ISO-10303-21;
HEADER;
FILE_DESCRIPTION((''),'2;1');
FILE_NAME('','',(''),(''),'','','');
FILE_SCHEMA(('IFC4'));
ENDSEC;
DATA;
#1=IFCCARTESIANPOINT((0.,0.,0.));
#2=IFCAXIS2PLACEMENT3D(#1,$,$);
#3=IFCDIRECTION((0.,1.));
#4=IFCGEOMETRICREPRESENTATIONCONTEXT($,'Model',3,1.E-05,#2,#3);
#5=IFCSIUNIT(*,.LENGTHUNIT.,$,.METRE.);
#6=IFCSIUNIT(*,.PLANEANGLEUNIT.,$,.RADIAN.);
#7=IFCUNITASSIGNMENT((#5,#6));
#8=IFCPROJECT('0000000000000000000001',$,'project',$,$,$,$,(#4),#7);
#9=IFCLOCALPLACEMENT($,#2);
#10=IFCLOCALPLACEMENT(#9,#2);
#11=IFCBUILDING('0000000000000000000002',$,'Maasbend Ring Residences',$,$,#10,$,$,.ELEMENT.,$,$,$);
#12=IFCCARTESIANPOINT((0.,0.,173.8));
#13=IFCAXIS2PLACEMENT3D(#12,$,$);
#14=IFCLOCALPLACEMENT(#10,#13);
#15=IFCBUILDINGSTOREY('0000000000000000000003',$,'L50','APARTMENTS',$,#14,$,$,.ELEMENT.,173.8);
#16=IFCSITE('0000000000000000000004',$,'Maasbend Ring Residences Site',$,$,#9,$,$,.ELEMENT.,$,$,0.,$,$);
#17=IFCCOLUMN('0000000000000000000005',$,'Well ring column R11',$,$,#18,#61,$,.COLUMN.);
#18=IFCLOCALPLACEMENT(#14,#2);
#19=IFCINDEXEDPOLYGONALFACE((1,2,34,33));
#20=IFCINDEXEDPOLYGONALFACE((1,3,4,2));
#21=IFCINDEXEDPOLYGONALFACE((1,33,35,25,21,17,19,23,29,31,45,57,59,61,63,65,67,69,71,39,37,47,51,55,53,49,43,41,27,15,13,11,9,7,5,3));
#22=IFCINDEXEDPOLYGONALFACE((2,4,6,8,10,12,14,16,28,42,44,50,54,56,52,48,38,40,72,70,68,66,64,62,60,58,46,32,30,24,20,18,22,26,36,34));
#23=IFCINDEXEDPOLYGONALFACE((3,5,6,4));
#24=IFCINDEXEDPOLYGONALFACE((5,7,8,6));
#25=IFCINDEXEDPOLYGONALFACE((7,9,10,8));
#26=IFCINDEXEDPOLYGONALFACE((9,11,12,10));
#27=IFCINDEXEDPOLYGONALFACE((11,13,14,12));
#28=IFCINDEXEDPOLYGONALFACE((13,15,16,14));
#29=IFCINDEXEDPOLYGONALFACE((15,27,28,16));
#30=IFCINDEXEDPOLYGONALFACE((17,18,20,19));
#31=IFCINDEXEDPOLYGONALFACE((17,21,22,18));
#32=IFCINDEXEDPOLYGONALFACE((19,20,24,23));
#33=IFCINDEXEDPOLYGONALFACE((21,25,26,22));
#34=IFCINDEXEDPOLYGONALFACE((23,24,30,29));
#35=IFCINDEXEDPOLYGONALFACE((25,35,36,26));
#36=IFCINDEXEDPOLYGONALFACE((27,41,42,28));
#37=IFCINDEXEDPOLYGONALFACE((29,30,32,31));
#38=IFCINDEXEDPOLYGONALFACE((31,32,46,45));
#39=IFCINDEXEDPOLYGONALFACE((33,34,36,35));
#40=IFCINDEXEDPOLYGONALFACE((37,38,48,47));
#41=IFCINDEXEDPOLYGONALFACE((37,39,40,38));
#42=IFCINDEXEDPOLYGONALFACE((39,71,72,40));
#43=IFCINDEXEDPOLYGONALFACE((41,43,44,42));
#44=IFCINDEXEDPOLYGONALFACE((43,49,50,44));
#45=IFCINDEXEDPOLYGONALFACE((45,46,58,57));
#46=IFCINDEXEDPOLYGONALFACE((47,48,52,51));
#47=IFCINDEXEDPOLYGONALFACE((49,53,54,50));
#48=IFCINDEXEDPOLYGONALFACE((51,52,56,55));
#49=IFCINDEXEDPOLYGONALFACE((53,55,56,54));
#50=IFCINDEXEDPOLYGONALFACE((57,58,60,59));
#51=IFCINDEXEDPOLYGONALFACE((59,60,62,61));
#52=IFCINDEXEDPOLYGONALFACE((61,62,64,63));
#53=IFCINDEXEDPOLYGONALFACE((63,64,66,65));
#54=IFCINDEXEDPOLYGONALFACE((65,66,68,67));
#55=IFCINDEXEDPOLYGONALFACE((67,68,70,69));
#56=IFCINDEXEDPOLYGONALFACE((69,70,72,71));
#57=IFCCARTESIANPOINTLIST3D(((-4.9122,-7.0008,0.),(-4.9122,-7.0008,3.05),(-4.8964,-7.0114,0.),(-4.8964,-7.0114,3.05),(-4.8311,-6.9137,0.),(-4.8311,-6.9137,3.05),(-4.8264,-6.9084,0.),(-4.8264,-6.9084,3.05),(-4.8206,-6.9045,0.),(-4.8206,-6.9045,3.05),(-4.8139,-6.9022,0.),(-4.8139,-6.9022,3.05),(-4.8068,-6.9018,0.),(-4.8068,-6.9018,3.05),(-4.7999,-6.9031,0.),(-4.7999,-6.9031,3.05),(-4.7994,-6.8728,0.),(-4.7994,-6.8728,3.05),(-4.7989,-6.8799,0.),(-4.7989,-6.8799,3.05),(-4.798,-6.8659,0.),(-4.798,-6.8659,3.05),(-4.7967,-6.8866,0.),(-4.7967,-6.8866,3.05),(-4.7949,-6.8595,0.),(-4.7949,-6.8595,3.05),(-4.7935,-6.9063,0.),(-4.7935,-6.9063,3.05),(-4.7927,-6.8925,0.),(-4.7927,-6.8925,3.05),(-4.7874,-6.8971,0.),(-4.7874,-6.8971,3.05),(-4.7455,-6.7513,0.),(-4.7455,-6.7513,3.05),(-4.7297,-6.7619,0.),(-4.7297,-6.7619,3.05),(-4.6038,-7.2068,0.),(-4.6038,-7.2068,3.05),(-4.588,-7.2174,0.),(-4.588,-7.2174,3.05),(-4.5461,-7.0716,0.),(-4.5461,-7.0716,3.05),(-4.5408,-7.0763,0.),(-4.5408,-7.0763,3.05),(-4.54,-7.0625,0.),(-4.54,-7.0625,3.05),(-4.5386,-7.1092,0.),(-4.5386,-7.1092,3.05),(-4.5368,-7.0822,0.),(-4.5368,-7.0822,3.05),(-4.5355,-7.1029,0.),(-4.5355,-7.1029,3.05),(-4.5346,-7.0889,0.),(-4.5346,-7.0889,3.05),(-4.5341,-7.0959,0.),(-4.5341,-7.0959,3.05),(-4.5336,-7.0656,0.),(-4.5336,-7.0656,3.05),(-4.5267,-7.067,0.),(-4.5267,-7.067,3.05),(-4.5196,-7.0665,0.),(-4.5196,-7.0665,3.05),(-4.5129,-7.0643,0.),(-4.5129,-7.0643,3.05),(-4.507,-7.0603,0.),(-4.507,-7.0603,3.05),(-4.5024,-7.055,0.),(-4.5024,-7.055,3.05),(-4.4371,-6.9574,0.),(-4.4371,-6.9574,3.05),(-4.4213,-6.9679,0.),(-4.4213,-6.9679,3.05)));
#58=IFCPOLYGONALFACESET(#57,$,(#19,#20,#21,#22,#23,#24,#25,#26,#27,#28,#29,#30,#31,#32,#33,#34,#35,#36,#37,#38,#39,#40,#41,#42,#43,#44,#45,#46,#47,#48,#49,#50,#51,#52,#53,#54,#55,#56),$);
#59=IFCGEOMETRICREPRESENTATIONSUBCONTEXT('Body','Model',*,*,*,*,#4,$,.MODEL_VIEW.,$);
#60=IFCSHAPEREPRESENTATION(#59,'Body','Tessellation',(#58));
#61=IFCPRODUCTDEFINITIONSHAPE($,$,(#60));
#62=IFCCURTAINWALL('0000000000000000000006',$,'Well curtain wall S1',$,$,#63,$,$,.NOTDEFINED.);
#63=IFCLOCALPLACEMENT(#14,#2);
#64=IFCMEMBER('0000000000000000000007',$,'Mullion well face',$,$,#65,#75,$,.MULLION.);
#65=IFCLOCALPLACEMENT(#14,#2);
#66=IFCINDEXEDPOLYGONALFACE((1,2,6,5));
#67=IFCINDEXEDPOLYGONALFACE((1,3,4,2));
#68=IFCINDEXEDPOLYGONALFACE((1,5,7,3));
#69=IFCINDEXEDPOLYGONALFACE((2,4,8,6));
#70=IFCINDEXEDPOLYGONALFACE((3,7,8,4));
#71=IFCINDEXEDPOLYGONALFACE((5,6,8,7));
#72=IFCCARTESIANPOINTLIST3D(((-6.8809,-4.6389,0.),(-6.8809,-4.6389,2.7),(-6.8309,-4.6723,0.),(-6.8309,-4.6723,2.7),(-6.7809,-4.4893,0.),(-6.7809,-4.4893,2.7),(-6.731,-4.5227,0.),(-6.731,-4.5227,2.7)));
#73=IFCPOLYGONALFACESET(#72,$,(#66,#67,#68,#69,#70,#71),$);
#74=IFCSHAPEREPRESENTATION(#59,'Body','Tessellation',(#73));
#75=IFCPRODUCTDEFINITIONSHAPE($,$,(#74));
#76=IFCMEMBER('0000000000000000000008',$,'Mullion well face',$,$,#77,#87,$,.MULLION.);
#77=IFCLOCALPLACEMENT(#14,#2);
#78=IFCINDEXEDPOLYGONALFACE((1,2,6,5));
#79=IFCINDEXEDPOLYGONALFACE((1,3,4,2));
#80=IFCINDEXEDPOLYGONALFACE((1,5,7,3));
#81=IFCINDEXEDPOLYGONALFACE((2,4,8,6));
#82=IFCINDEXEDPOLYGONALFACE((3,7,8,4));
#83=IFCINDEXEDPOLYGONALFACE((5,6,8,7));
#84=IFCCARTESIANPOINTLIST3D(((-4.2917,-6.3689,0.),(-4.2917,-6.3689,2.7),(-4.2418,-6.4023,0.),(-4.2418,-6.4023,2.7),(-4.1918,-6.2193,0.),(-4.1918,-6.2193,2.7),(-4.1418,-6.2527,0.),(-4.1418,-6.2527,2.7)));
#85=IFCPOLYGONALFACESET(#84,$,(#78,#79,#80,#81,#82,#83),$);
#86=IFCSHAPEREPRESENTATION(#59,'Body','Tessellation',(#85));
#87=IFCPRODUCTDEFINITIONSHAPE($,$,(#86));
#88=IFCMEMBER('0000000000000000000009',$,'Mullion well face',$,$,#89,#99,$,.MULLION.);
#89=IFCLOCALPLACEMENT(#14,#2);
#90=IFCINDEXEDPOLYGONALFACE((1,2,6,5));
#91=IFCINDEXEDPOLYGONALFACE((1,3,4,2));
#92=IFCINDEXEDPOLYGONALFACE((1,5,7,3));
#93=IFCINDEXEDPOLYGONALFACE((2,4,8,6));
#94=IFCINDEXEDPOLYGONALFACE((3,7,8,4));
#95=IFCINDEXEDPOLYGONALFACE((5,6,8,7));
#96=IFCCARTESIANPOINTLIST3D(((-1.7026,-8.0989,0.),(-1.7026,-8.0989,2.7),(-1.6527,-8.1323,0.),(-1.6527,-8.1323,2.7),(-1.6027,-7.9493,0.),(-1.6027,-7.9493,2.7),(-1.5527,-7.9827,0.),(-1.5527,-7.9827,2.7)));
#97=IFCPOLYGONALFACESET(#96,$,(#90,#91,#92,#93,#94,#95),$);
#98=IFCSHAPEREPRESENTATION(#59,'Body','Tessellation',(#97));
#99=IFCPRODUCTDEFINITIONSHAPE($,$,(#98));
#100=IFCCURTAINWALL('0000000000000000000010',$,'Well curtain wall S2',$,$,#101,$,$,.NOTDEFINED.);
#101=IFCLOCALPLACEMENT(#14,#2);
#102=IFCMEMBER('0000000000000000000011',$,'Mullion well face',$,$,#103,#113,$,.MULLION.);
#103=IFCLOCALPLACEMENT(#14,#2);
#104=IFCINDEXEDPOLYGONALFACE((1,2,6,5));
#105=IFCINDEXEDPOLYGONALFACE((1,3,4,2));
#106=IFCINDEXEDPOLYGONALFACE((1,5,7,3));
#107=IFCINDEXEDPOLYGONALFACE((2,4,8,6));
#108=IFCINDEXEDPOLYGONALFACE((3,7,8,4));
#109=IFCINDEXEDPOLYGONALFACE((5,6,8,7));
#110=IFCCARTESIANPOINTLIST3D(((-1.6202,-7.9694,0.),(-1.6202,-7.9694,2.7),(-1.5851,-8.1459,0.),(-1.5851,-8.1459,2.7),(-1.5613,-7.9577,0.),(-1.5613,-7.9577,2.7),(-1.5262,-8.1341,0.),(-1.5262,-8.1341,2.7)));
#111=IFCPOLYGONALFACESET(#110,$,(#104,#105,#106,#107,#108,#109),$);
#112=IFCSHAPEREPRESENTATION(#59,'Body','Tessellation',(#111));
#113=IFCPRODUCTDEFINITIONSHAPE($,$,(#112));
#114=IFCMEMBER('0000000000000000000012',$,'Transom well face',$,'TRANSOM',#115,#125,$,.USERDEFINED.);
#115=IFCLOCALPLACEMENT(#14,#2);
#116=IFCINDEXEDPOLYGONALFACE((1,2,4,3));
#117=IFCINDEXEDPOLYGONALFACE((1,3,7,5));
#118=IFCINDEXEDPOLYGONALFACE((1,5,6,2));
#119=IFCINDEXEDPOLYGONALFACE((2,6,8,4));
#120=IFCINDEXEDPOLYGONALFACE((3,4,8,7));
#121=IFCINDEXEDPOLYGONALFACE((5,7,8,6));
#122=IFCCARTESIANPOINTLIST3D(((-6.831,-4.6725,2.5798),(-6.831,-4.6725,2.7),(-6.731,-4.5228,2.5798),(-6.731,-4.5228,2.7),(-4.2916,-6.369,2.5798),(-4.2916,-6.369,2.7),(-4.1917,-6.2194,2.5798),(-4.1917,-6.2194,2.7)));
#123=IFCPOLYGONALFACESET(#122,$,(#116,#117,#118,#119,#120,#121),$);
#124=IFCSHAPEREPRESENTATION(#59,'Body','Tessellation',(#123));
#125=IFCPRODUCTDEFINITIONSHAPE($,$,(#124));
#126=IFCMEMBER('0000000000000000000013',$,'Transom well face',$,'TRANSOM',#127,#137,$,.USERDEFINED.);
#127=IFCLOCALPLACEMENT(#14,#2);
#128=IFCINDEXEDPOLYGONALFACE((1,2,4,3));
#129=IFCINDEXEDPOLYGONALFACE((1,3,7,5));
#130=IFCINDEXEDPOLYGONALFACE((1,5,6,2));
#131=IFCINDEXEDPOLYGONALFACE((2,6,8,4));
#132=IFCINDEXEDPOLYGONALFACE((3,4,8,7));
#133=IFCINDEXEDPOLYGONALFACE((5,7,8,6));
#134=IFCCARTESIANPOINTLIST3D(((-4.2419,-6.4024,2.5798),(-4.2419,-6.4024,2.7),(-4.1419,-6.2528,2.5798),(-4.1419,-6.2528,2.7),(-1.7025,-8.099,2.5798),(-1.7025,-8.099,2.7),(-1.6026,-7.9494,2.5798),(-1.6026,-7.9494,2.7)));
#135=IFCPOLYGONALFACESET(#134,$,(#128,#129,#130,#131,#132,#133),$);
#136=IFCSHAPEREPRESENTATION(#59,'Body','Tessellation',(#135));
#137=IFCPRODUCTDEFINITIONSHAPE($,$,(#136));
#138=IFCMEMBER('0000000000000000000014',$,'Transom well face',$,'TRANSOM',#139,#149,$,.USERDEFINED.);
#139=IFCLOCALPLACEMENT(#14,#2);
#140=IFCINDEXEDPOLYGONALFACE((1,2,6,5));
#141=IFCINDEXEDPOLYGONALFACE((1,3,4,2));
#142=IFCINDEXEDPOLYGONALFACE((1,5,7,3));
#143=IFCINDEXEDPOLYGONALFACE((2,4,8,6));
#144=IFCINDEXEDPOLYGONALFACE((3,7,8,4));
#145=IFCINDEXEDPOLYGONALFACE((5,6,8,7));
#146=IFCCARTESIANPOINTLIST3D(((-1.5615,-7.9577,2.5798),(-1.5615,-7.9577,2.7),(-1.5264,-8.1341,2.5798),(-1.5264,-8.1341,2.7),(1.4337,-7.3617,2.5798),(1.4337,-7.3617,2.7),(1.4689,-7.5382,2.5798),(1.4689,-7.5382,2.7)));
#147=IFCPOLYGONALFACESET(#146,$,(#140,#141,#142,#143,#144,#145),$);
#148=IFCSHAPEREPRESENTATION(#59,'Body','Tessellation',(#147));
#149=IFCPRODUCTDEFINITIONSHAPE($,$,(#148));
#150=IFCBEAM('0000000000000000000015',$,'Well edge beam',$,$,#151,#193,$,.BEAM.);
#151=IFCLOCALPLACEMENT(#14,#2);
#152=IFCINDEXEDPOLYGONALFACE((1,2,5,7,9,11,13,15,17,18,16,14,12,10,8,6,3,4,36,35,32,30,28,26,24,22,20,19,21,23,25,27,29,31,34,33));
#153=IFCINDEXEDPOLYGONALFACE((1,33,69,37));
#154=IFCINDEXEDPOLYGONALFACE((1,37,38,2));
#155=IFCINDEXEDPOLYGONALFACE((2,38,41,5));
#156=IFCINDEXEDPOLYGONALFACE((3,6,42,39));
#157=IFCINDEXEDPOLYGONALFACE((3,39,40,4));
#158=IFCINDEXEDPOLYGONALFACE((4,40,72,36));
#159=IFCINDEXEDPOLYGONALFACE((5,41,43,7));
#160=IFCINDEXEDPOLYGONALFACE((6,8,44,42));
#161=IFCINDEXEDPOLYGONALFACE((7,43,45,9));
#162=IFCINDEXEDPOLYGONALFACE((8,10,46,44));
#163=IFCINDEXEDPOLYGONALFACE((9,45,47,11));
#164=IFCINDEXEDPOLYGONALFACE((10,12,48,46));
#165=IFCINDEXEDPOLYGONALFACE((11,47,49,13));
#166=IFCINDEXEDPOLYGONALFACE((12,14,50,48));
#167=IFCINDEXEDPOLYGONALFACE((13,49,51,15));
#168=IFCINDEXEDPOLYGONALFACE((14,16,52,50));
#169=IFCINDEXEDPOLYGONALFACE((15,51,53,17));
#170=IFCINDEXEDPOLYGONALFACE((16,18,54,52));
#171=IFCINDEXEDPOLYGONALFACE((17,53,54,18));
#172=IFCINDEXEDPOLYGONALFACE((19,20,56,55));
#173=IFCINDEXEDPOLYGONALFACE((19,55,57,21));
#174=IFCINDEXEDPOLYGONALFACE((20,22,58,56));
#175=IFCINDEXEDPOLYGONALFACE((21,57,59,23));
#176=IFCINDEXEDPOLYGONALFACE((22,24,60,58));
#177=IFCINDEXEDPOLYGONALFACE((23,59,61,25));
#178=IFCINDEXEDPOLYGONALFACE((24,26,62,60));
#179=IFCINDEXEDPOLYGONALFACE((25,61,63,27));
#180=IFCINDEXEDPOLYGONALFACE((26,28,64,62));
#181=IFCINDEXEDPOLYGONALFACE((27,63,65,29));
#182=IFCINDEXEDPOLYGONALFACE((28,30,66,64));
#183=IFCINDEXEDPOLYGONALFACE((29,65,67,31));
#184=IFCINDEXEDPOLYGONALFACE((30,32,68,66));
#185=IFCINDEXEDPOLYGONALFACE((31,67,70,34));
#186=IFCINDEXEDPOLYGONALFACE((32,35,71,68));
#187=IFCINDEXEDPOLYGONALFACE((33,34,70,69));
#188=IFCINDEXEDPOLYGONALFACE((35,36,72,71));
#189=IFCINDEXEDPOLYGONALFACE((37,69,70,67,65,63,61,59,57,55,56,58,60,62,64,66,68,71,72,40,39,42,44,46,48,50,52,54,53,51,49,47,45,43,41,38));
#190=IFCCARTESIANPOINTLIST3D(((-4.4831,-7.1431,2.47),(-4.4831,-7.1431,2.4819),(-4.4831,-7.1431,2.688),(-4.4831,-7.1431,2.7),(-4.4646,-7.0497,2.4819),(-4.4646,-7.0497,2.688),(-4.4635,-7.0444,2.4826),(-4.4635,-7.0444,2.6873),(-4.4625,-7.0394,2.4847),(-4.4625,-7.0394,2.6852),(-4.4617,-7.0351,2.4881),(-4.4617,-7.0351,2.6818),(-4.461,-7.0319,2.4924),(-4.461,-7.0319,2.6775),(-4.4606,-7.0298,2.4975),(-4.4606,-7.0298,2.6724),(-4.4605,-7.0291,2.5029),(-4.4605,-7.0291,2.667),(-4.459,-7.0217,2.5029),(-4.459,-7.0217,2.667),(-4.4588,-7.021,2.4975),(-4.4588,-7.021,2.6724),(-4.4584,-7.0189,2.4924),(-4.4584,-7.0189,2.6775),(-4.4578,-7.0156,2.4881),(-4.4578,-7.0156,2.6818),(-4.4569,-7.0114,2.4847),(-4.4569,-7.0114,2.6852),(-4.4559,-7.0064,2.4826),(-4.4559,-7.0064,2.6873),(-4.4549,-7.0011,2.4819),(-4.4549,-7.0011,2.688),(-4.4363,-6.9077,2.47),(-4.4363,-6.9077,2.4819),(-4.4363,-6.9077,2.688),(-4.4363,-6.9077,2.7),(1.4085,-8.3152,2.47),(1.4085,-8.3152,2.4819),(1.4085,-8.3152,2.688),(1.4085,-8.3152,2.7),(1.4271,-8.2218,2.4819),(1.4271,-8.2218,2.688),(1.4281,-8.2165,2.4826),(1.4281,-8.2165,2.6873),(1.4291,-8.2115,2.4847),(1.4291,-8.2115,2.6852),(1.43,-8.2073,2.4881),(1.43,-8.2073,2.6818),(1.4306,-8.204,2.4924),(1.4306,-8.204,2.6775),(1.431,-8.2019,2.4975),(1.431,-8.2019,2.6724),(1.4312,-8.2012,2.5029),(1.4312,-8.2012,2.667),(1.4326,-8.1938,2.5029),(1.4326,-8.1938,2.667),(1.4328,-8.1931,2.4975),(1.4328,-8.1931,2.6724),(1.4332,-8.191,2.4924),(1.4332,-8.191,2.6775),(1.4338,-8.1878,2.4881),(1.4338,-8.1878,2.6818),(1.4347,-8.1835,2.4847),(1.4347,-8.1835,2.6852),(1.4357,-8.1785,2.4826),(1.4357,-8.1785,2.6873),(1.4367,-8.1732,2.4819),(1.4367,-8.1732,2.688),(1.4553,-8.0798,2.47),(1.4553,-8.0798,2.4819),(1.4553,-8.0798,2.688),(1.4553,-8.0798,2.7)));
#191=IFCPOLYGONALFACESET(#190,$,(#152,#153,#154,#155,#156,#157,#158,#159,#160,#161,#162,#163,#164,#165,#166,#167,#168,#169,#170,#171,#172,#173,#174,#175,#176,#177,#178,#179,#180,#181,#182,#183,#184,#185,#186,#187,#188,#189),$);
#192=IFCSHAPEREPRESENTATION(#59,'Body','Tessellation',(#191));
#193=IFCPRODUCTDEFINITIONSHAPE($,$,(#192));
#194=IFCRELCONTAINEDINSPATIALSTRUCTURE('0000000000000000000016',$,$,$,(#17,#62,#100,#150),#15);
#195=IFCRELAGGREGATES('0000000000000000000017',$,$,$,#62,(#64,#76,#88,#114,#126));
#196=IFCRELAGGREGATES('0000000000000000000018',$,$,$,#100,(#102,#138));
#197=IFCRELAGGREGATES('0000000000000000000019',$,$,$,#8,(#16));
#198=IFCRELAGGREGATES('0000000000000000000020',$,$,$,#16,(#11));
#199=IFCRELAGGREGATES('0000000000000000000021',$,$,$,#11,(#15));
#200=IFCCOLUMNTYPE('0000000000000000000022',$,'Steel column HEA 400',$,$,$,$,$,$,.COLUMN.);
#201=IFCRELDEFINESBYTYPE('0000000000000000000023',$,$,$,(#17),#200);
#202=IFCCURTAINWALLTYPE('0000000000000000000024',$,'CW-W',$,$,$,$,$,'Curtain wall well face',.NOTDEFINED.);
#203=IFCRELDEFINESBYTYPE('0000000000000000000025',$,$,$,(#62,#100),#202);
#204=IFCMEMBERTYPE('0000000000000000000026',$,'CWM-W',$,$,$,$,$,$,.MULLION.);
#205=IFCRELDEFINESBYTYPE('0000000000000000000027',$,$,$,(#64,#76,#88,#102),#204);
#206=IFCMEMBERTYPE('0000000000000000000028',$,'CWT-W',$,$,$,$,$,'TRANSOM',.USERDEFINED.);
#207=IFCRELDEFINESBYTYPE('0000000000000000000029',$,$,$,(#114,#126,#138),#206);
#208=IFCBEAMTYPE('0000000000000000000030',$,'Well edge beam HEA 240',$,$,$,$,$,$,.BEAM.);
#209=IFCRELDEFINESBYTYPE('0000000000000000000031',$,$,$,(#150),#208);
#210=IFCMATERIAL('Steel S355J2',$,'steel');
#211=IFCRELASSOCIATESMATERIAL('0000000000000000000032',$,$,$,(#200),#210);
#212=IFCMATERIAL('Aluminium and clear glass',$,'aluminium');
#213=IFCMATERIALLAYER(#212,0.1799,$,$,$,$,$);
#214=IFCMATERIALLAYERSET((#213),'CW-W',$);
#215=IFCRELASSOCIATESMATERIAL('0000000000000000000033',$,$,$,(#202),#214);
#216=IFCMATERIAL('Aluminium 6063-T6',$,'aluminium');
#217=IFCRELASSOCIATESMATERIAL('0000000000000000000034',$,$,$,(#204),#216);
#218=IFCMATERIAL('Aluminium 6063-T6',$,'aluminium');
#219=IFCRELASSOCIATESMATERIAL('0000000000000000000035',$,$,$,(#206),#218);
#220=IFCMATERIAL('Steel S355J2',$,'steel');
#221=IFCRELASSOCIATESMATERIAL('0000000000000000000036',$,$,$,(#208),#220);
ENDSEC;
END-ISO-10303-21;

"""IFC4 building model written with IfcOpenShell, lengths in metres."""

from ifc_helpers import new_model, si_unit, direction, frame, origin, origin_2d, place, context, subcontext, project, spatial, rectangle, i_section, extrude, material, layer, layer_set, material_profile, profile_set, type_object, element, aggregate, save


model = new_model("IFC4")

# Units and contexts
model_context = context("Model", 3, precision=1e-05, world=origin(), true_north=direction((0.0, 1.0)))
body_context = subcontext(model_context, "Body", "Model", "MODEL_VIEW")
ifc_project = project(units=[si_unit("LENGTHUNIT", "METRE"), si_unit("PLANEANGLEUNIT", "RADIAN")], contexts=[model_context])

# Site, building, storey
site_placement = place(None, origin())
site = spatial("IfcSite", under=ifc_project, at=site_placement, Name="Maasbend Ring Residences Site", CompositionType="ELEMENT", RefElevation=0.0)
building_placement = place(site_placement, origin())
building = spatial("IfcBuilding", under=site, at=building_placement, Name="Maasbend Ring Residences", CompositionType="ELEMENT")
storey_placement = place(building_placement, frame((0.0, 0.0, 173.8)))
storey = spatial("IfcBuildingStorey", under=building, at=storey_placement, Name="L50", Description="APARTMENTS", CompositionType="ELEMENT", Elevation=173.8)

# Column
ifc_material_1 = material(Name="Steel S355J2", Category="steel")
ifc_material_profile_1 = material_profile(ifc_material_1, i_section(OverallWidth=0.3, OverallDepth=0.3899, WebThickness=0.011, FlangeThickness=0.019, FilletRadius=0.0271, at=origin_2d()), Name="HEA 400")
ifc_profile_set_1 = profile_set([ifc_material_profile_1], Name="Steel S355J2")
column_type = type_object("IfcColumnType", Name="Steel column HEA 400", PredefinedType="COLUMN", material=ifc_profile_set_1)
column_placement = place(storey_placement, frame((-4.6667, -6.9844, 0.0), z_axis=(0.0, 0.0, 1.0), x_axis=(-0.55557, -0.83147, 0.0)))
element("IfcColumn", 1, at=column_placement, inside=storey, type_object=column_type, Name="Well ring column R11", PredefinedType="COLUMN", context=body_context, shape_type="SweptSolid", body=[
    extrude(i_section(OverallWidth=0.3, OverallDepth=0.3899, WebThickness=0.011, FlangeThickness=0.019, FilletRadius=0.0271, at=origin_2d()), origin(), (0.0, 0.0, 1.0), 3.05),
])

# Curtain wall, members
ifc_material_2 = material(Name="Aluminium and clear glass", Category="aluminium")
ifc_layer_1 = layer(ifc_material_2, 0.1799)
ifc_layer_set_1 = layer_set([ifc_layer_1], Name="CW-W")
curtain_wall_type = type_object("IfcCurtainWallType", Name="CW-W", ElementType="Curtain wall well face", PredefinedType="NOTDEFINED", material=ifc_layer_set_1)
curtain_wall_1_placement = place(storey_placement, origin())
curtain_wall_1 = element("IfcCurtainWall", 2, at=curtain_wall_1_placement, inside=storey, type_object=curtain_wall_type, Name="Well curtain wall S1", PredefinedType="NOTDEFINED")
ifc_material_3 = material(Name="Aluminium 6063-T6", Category="aluminium")
ifc_material_profile_2 = material_profile(ifc_material_3, rectangle(XDim=0.1799, YDim=0.0601, at=origin_2d()), Name="AL 180x60")
ifc_profile_set_2 = profile_set([ifc_material_profile_2], Name="Aluminium 6063-T6")
member_type_1 = type_object("IfcMemberType", Name="CWM-W", PredefinedType="MULLION", material=ifc_profile_set_2)
member_1_placement = place(storey_placement, frame((-6.8059, -4.5808, 0.0), z_axis=(0.0, 0.0, 1.0), x_axis=(0.55557, 0.83147, 0.0)))
member_1 = element("IfcMember", 3, at=member_1_placement, type_object=member_type_1, Name="Mullion well face", PredefinedType="MULLION", context=body_context, shape_type="SweptSolid", body=[
    extrude(rectangle(XDim=0.1799, YDim=0.0601, at=origin_2d()), origin(), (0.0, 0.0, 1.0), 2.7),
])
member_2_placement = place(storey_placement, frame((-4.2168, -6.3108, 0.0), z_axis=(0.0, 0.0, 1.0), x_axis=(0.55557, 0.83147, 0.0)))
member_2 = element("IfcMember", 4, at=member_2_placement, type_object=member_type_1, Name="Mullion well face", PredefinedType="MULLION", context=body_context, shape_type="SweptSolid", body=[
    extrude(rectangle(XDim=0.1799, YDim=0.0601, at=origin_2d()), origin(), (0.0, 0.0, 1.0), 2.7),
])
member_3_placement = place(storey_placement, frame((-1.6277, -8.0408, 0.0), z_axis=(0.0, 0.0, 1.0), x_axis=(0.55557, 0.83147, 0.0)))
member_3 = element("IfcMember", 5, at=member_3_placement, type_object=member_type_1, Name="Mullion well face", PredefinedType="MULLION", context=body_context, shape_type="SweptSolid", body=[
    extrude(rectangle(XDim=0.1799, YDim=0.0601, at=origin_2d()), origin(), (0.0, 0.0, 1.0), 2.7),
])

# Curtain wall, member
curtain_wall_2_placement = place(storey_placement, origin())
curtain_wall_2 = element("IfcCurtainWall", 6, at=curtain_wall_2_placement, inside=storey, type_object=curtain_wall_type, Name="Well curtain wall S2", PredefinedType="NOTDEFINED")
member_4_placement = place(storey_placement, frame((-1.5732, -8.0518, 0.0), z_axis=(0.0, 0.0, 1.0), x_axis=(-0.19509, 0.980785, 0.0)))
member_4 = element("IfcMember", 7, at=member_4_placement, type_object=member_type_1, Name="Mullion well face", PredefinedType="MULLION", context=body_context, shape_type="SweptSolid", body=[
    extrude(rectangle(XDim=0.1799, YDim=0.0601, at=origin_2d()), origin(), (0.0, 0.0, 1.0), 2.7),
])

# Members
ifc_material_4 = material(Name="Aluminium 6063-T6", Category="aluminium")
ifc_material_profile_3 = material_profile(ifc_material_4, rectangle(XDim=0.1799, YDim=0.1201, at=origin_2d()), Name="AL 180x120")
ifc_profile_set_3 = profile_set([ifc_material_profile_3], Name="Aluminium 6063-T6")
member_type_2 = type_object("IfcMemberType", Name="CWT-W", ElementType="TRANSOM", PredefinedType="USERDEFINED", material=ifc_profile_set_3)
member_5_placement = place(storey_placement, frame((-6.781, -4.5977, 2.6399), z_axis=(0.831496, -0.55553, 0.0), x_axis=(0.55553, 0.831496, 0.0)))
member_5 = element("IfcMember", 8, at=member_5_placement, type_object=member_type_2, Name="Transom well face", ObjectType="TRANSOM", PredefinedType="USERDEFINED", context=body_context, shape_type="SweptSolid", body=[
    extrude(rectangle(XDim=0.1799, YDim=0.1201, at=origin_2d()), origin(), (0.0, 0.0, 1.0), 3.054),
])
member_6_placement = place(storey_placement, frame((-4.1919, -6.3276, 2.6399), z_axis=(0.831496, -0.55553, 0.0), x_axis=(0.55553, 0.831496, 0.0)))
member_6 = element("IfcMember", 9, at=member_6_placement, type_object=member_type_2, Name="Transom well face", ObjectType="TRANSOM", PredefinedType="USERDEFINED", context=body_context, shape_type="SweptSolid", body=[
    extrude(rectangle(XDim=0.1799, YDim=0.1201, at=origin_2d()), origin(), (0.0, 0.0, 1.0), 3.054),
])
member_7_placement = place(storey_placement, frame((-1.5439, -8.0459, 2.6399), z_axis=(0.980777, 0.195132, 0.0), x_axis=(-0.195132, 0.980777, 0.0)))
member_7 = element("IfcMember", 10, at=member_7_placement, type_object=member_type_2, Name="Transom well face", ObjectType="TRANSOM", PredefinedType="USERDEFINED", context=body_context, shape_type="SweptSolid", body=[
    extrude(rectangle(XDim=0.1799, YDim=0.1201, at=origin_2d()), origin(), (0.0, 0.0, 1.0), 3.054),
])

# Beam
ifc_material_5 = material(Name="Steel S355J2", Category="steel")
ifc_material_profile_4 = material_profile(ifc_material_5, i_section(OverallWidth=0.24, OverallDepth=0.23, WebThickness=0.0076, FlangeThickness=0.012, FilletRadius=0.021, at=origin_2d()), Name="HEA 240")
ifc_profile_set_4 = profile_set([ifc_material_profile_4], Name="Steel S355J2")
beam_type = type_object("IfcBeamType", Name="Well edge beam HEA 240", PredefinedType="BEAM", material=ifc_profile_set_4)
beam_placement = place(storey_placement, frame((-4.4597, -7.0254, 2.585), z_axis=(0.980779, -0.195123, 0.0), x_axis=(0.195123, 0.980779, 0.0)))
element("IfcBeam", 11, at=beam_placement, inside=storey, type_object=beam_type, Name="Well edge beam", PredefinedType="BEAM", context=body_context, shape_type="SweptSolid", body=[
    extrude(i_section(OverallWidth=0.24, OverallDepth=0.23, WebThickness=0.0076, FlangeThickness=0.012, FilletRadius=0.021, at=origin_2d()), origin(), (0.0, 0.0, 1.0), 6.0071),
])

aggregate(curtain_wall_1, [member_1, member_2, member_3, member_5, member_6])
aggregate(curtain_wall_2, [member_4, member_7])

save(model, "model.ifc")
